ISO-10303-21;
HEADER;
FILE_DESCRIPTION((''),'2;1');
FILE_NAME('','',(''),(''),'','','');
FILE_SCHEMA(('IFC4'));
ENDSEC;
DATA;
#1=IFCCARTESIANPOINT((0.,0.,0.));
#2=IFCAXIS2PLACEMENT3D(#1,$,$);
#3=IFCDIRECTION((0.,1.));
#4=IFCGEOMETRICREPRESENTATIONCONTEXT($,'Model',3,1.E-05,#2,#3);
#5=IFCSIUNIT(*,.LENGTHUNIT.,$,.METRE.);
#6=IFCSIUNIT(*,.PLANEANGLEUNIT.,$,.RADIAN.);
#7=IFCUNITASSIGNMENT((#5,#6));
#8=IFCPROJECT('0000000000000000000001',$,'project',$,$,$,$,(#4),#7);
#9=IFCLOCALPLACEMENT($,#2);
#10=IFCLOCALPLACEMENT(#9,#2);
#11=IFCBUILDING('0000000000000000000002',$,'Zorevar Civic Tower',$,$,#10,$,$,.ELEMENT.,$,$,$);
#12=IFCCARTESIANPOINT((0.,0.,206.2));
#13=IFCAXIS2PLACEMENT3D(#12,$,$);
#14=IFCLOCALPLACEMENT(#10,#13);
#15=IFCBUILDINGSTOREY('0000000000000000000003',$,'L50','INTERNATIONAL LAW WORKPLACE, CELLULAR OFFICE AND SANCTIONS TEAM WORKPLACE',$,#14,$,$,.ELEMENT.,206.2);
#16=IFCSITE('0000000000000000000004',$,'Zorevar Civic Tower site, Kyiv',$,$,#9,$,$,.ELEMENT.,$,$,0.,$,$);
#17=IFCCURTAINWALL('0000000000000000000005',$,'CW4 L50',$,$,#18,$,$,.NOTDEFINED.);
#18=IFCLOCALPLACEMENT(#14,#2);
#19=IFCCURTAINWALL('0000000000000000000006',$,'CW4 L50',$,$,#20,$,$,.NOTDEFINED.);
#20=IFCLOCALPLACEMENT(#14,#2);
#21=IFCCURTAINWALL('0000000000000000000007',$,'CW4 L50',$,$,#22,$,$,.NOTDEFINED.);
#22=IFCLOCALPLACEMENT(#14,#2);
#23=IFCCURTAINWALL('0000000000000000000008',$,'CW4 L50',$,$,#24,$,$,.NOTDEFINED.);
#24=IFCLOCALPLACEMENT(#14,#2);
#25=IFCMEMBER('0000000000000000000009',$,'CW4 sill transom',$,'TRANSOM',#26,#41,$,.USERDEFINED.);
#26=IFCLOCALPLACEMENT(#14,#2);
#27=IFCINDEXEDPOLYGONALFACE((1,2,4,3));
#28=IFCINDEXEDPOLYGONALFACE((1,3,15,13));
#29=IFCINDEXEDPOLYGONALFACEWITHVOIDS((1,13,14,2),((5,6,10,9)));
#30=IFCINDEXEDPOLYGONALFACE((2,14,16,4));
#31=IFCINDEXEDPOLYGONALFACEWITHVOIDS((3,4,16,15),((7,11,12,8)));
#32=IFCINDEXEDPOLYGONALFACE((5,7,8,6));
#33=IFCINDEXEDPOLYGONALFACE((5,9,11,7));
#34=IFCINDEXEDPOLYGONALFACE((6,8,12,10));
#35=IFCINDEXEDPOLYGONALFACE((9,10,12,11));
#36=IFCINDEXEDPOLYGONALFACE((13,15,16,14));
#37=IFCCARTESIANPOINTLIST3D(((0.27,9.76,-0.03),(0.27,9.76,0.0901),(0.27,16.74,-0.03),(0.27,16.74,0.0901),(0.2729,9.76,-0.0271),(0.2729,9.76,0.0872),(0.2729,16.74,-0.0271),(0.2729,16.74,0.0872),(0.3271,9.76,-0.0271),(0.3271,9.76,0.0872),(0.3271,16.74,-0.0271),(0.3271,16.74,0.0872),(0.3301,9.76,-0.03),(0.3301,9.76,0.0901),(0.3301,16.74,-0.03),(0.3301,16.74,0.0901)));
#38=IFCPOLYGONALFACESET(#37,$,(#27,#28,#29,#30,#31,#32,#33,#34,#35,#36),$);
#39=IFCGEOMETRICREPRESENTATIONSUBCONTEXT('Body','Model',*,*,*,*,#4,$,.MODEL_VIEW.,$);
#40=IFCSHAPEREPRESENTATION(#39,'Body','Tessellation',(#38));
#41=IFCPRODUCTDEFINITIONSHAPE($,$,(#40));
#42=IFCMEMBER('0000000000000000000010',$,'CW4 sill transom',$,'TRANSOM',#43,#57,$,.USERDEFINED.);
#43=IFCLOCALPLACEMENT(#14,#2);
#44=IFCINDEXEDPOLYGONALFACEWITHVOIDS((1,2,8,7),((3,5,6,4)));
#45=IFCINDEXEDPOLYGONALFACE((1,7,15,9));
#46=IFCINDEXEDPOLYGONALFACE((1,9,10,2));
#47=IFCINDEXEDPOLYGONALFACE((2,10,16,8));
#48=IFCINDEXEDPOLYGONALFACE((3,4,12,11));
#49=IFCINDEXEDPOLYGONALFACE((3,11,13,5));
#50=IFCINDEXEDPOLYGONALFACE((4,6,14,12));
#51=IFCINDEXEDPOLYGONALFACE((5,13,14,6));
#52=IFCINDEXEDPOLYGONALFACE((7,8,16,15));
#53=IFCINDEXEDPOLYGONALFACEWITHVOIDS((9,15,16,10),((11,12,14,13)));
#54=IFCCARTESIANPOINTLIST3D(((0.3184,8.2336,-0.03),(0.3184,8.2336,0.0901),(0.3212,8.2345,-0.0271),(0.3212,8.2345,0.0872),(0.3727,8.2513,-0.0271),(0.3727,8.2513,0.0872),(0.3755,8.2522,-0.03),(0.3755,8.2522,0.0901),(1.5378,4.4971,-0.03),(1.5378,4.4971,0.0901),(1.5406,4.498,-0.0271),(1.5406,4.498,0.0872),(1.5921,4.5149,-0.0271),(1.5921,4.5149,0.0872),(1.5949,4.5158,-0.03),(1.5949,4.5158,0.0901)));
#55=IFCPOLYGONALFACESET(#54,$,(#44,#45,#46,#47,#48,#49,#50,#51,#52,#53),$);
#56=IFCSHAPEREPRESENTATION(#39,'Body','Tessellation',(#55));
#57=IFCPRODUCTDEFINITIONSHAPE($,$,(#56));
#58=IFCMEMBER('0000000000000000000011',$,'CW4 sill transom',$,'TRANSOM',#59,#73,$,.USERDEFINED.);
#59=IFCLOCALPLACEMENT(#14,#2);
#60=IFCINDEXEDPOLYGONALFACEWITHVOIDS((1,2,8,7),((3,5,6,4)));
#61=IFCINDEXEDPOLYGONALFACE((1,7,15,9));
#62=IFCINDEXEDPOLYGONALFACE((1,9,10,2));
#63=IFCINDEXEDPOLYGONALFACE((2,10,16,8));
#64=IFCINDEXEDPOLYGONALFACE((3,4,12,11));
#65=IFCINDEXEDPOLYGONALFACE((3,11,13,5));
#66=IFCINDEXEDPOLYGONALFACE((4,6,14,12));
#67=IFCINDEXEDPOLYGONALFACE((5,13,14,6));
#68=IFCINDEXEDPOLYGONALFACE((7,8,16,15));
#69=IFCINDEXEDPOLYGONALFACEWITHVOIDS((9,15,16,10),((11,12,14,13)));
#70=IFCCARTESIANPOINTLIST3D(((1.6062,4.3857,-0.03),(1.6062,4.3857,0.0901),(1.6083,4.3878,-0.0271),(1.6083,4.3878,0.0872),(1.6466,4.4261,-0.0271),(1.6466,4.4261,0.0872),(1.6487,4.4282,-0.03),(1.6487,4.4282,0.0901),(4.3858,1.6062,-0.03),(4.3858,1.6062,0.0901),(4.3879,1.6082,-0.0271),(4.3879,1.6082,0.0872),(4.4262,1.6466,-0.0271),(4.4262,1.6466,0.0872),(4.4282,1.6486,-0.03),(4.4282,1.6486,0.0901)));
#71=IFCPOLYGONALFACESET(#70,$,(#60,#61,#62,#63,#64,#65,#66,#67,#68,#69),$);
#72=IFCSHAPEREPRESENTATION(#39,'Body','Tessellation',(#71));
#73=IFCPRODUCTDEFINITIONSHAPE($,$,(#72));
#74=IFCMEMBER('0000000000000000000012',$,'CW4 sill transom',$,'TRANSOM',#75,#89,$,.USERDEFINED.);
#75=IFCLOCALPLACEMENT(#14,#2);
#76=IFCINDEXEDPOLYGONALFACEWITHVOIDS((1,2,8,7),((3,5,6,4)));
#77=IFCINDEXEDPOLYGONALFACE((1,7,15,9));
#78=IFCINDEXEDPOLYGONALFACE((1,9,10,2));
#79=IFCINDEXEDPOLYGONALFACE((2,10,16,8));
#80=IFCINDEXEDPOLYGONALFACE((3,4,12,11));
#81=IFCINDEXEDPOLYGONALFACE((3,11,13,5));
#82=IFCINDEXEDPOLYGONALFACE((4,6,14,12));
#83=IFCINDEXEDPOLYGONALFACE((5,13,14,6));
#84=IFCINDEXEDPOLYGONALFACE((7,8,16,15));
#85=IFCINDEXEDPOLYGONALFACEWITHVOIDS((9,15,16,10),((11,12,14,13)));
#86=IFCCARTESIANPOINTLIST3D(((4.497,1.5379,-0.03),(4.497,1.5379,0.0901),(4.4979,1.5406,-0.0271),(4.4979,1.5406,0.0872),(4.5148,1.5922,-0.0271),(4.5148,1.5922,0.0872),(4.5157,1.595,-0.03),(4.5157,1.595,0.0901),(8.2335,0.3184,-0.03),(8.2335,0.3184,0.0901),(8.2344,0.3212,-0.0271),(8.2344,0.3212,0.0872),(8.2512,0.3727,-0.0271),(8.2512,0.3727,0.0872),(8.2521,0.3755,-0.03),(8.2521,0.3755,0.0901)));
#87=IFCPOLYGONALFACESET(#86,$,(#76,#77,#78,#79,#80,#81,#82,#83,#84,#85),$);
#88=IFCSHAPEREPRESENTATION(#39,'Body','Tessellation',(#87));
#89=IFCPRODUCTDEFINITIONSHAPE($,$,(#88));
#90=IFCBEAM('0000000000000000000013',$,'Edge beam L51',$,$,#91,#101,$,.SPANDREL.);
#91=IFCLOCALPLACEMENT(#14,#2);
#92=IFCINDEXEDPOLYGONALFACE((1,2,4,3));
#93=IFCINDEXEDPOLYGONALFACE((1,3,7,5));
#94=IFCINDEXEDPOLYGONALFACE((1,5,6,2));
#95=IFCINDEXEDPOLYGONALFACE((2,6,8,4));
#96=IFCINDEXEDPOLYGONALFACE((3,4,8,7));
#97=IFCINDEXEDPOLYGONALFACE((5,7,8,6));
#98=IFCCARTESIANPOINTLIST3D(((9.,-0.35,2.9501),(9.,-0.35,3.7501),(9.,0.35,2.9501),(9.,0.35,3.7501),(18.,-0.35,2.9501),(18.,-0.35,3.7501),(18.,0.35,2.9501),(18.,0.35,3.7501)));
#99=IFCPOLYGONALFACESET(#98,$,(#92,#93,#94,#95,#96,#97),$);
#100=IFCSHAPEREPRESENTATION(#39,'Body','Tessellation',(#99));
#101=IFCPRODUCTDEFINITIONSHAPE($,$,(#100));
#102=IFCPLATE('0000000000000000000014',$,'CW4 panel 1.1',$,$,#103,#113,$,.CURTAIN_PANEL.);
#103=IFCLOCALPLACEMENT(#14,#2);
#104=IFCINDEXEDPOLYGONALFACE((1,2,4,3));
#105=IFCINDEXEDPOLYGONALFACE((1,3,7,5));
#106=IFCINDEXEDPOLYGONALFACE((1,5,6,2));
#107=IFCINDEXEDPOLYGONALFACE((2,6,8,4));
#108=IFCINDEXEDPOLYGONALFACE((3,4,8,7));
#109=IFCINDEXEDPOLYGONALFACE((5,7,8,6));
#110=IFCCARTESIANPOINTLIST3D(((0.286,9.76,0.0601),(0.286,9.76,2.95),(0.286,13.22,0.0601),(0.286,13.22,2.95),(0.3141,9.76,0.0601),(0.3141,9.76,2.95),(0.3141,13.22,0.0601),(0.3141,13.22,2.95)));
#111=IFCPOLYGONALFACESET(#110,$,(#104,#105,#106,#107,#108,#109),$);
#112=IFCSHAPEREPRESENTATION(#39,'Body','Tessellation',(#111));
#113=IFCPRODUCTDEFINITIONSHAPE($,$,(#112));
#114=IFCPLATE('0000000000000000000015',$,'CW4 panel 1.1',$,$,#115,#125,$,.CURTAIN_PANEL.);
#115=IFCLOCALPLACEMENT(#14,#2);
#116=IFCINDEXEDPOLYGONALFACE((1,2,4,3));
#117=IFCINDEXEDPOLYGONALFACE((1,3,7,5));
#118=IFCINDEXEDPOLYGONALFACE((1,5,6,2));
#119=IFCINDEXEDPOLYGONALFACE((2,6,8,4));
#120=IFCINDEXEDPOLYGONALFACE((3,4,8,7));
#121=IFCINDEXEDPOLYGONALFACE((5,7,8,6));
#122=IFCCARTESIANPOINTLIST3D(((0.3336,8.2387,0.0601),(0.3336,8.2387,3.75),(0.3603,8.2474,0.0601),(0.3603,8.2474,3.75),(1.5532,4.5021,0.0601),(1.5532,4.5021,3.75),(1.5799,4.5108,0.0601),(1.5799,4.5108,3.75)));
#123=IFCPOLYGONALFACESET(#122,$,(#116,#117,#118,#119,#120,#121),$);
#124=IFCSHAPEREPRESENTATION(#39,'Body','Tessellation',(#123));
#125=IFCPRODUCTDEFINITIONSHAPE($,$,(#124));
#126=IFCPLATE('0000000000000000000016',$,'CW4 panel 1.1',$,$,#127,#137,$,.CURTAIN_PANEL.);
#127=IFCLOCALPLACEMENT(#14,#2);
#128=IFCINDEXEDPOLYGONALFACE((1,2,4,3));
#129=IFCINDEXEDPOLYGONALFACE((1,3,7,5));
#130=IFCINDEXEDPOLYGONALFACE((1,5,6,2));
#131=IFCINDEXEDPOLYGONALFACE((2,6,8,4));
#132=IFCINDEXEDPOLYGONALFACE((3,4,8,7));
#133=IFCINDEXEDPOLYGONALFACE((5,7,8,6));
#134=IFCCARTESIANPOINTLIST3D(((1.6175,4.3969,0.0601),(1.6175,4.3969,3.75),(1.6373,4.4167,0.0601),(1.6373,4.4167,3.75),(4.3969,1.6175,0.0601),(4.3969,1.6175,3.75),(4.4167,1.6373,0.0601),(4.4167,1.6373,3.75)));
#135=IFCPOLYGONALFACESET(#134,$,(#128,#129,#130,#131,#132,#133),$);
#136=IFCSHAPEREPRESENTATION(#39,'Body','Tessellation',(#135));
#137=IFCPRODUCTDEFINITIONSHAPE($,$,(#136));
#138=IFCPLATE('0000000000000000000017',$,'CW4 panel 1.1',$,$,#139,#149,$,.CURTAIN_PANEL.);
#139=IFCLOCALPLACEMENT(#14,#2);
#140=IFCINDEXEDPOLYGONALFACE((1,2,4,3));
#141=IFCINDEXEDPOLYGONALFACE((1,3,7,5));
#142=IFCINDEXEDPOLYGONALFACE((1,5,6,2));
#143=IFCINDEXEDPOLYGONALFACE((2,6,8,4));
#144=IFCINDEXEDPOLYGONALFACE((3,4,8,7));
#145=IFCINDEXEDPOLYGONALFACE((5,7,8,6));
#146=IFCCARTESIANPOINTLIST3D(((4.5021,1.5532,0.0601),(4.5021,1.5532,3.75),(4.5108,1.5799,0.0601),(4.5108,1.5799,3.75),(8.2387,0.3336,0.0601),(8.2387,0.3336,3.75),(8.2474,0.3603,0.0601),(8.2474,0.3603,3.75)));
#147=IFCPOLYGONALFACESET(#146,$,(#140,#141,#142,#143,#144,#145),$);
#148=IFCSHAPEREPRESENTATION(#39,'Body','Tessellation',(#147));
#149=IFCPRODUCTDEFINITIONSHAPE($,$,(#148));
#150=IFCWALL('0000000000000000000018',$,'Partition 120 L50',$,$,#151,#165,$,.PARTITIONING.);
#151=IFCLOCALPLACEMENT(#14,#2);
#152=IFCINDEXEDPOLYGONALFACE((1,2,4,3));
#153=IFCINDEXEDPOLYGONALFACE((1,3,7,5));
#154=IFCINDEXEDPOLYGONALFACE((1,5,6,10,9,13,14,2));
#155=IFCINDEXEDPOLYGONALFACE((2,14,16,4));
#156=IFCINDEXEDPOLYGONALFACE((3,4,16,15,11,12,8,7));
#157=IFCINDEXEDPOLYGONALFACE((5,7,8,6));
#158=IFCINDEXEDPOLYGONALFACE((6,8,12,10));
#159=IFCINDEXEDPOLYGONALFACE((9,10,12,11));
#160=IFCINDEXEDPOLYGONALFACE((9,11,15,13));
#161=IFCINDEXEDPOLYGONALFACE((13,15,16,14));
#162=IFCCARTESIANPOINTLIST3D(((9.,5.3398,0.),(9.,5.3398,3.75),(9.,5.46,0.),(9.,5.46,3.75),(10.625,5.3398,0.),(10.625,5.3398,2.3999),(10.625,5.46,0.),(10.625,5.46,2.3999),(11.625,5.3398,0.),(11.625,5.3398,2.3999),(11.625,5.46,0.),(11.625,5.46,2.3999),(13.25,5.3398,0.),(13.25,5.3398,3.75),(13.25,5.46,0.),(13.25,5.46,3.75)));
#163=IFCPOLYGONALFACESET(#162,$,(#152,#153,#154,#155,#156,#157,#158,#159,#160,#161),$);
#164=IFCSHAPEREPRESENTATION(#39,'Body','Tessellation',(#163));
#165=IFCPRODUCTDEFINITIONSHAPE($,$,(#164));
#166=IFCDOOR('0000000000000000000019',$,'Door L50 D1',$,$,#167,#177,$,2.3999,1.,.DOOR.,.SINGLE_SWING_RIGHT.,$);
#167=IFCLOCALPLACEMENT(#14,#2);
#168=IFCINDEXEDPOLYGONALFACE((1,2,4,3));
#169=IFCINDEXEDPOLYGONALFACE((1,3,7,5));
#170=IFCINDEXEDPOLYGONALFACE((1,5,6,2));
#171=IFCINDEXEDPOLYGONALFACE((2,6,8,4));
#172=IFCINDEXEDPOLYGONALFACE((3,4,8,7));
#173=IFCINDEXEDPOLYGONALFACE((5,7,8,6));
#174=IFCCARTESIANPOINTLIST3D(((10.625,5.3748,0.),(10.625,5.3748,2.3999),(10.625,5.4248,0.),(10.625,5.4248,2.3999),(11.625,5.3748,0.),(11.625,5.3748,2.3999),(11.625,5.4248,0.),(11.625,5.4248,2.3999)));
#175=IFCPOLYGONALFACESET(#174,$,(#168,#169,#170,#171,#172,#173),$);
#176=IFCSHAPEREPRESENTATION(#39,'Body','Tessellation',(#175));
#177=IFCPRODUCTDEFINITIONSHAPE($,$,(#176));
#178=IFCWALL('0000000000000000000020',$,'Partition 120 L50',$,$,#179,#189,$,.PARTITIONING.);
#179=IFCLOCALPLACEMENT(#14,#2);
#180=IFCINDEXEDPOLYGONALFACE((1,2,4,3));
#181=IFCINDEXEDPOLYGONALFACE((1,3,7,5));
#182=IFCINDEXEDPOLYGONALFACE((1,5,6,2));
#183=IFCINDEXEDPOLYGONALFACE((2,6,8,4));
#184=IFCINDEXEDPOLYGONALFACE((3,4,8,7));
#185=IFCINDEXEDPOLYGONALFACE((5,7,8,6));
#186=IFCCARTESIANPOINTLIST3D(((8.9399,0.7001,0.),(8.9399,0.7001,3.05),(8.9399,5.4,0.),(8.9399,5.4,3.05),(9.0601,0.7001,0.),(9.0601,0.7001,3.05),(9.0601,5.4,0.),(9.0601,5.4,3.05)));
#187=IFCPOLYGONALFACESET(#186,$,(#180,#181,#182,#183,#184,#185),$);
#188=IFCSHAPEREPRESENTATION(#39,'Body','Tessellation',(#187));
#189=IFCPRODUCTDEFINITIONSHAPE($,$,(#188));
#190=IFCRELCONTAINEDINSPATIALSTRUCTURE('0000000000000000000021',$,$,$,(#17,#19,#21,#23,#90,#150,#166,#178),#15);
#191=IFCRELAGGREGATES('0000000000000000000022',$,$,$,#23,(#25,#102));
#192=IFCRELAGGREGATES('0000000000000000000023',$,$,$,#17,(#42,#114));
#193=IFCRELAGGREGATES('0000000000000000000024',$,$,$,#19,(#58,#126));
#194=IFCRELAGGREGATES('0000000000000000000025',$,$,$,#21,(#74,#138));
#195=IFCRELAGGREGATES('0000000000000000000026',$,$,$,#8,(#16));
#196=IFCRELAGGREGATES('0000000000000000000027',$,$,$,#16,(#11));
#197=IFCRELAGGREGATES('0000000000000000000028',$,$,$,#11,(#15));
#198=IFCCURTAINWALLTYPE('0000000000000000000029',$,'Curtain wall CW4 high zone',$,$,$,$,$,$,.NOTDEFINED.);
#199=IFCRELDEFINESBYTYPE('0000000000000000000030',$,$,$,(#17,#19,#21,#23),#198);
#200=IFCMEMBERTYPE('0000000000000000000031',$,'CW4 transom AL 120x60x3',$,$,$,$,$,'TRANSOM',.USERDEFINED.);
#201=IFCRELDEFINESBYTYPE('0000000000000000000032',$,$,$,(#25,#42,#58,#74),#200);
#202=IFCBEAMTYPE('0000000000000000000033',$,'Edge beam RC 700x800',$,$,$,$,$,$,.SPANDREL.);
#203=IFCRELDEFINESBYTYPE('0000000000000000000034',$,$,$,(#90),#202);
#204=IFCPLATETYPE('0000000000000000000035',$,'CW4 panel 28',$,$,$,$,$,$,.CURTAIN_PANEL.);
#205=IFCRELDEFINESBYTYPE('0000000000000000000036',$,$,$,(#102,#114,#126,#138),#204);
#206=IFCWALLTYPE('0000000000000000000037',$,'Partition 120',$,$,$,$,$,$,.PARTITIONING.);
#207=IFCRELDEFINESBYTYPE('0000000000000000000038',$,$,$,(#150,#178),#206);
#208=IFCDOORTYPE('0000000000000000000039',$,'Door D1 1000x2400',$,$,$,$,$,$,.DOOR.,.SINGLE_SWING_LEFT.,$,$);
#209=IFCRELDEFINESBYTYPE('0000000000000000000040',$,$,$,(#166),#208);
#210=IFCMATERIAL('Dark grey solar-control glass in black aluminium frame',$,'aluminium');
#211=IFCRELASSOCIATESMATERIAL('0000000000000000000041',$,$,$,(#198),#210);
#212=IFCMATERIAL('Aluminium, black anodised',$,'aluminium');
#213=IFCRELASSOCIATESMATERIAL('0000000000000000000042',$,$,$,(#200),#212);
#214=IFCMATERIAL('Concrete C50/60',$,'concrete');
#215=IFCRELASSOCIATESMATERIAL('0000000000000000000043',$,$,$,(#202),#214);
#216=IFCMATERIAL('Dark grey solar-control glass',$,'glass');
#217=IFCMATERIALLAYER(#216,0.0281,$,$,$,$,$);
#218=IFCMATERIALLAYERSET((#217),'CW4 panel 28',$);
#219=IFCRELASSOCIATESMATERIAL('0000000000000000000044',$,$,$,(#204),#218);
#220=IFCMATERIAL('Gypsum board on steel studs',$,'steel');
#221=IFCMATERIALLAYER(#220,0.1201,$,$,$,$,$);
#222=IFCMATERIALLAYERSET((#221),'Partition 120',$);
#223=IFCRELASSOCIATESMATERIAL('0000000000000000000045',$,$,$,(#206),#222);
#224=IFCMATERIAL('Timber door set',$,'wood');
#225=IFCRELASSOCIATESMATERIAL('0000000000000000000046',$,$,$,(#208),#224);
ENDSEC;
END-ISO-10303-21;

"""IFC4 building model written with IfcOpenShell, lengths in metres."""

from ifc_helpers import new_model, si_unit, direction, frame, frame_2d, origin, origin_2d, place, context, subcontext, project, spatial, rectangle, hollow_rectangle, extrude, material, layer, layer_set, material_profile, profile_set, type_object, element, fill, aggregate, save


model = new_model("IFC4")

# Units and contexts
model_context = context("Model", 3, precision=1e-05, world=origin(), true_north=direction((0.0, 1.0)))
body_context = subcontext(model_context, "Body", "Model", "MODEL_VIEW")
ifc_project = project(units=[si_unit("LENGTHUNIT", "METRE"), si_unit("PLANEANGLEUNIT", "RADIAN")], contexts=[model_context])

# Site, building, storey
site_placement = place(None, origin())
site = spatial("IfcSite", under=ifc_project, at=site_placement, Name="Zorevar Civic Tower site, Kyiv", CompositionType="ELEMENT", RefElevation=0.0)
building_placement = place(site_placement, origin())
building = spatial("IfcBuilding", under=site, at=building_placement, Name="Zorevar Civic Tower", CompositionType="ELEMENT")
storey_placement = place(building_placement, frame((0.0, 0.0, 206.2)))
storey = spatial("IfcBuildingStorey", under=building, at=storey_placement, Name="L50", Description="INTERNATIONAL LAW WORKPLACE, CELLULAR OFFICE AND SANCTIONS TEAM WORKPLACE", CompositionType="ELEMENT", Elevation=206.2)

# Curtain walls
ifc_material_1 = material(Name="Dark grey solar-control glass in black aluminium frame", Category="aluminium")
curtain_wall_type = type_object("IfcCurtainWallType", Name="Curtain wall CW4 high zone", PredefinedType="NOTDEFINED", material=ifc_material_1)
curtain_wall_1_placement = place(storey_placement, origin())
curtain_wall_1 = element("IfcCurtainWall", 1, at=curtain_wall_1_placement, inside=storey, type_object=curtain_wall_type, Name="CW4 L50", PredefinedType="NOTDEFINED")
curtain_wall_2_placement = place(storey_placement, origin())
curtain_wall_2 = element("IfcCurtainWall", 2, at=curtain_wall_2_placement, inside=storey, type_object=curtain_wall_type, Name="CW4 L50", PredefinedType="NOTDEFINED")
curtain_wall_3_placement = place(storey_placement, origin())
curtain_wall_3 = element("IfcCurtainWall", 3, at=curtain_wall_3_placement, inside=storey, type_object=curtain_wall_type, Name="CW4 L50", PredefinedType="NOTDEFINED")

# Curtain wall, member
curtain_wall_4_placement = place(storey_placement, origin())
curtain_wall_4 = element("IfcCurtainWall", 4, at=curtain_wall_4_placement, inside=storey, type_object=curtain_wall_type, Name="CW4 L50", PredefinedType="NOTDEFINED")
ifc_material_2 = material(Name="Aluminium, black anodised", Category="aluminium")
ifc_material_profile_1 = material_profile(ifc_material_2, hollow_rectangle(XDim=0.0601, YDim=0.1201, WallThickness=0.0029, at=origin_2d()), Name="AL 120x60x3")
ifc_profile_set_1 = profile_set([ifc_material_profile_1], Name="Aluminium, black anodised")
member_type_1 = type_object("IfcMemberType", Name="CW4 transom AL 120x60x3", ElementType="TRANSOM", PredefinedType="USERDEFINED", material=ifc_profile_set_1)
member_1_placement = place(storey_placement, frame((0.3, 9.76, 0.03), z_axis=(0.0, 1.0, 0.0), x_axis=(-1.0, 0.0, 0.0)))
member_1 = element("IfcMember", 5, at=member_1_placement, type_object=member_type_1, Name="CW4 sill transom", ObjectType="TRANSOM", PredefinedType="USERDEFINED", context=body_context, shape_type="SweptSolid", body=[
    extrude(hollow_rectangle(XDim=0.0601, YDim=0.1201, WallThickness=0.0029, at=origin_2d()), origin(), (0.0, 0.0, 1.0), 6.98),
])

# Members
member_2_placement = place(storey_placement, frame((0.3469, 8.2429, 0.03), z_axis=(0.310259, -0.950652, 0.0), x_axis=(0.950652, 0.310259, 0.0)))
member_2 = element("IfcMember", 6, at=member_2_placement, type_object=member_type_1, Name="CW4 sill transom", ObjectType="TRANSOM", PredefinedType="USERDEFINED", context=body_context, shape_type="SweptSolid", body=[
    extrude(hollow_rectangle(XDim=0.0601, YDim=0.1201, WallThickness=0.0029, at=origin_2d()), origin(), (0.0, 0.0, 1.0), 3.9304),
])
member_3_placement = place(storey_placement, frame((1.6274, 4.407, 0.03), z_axis=(0.707107, -0.707107, 0.0), x_axis=(0.707107, 0.707107, 0.0)))
member_3 = element("IfcMember", 7, at=member_3_placement, type_object=member_type_1, Name="CW4 sill transom", ObjectType="TRANSOM", PredefinedType="USERDEFINED", context=body_context, shape_type="SweptSolid", body=[
    extrude(hollow_rectangle(XDim=0.0601, YDim=0.1201, WallThickness=0.0029, at=origin_2d()), origin(), (0.0, 0.0, 1.0), 3.9309),
])
member_4_placement = place(storey_placement, frame((4.5063, 1.5664, 0.03), z_axis=(0.950652, -0.310259, 0.0), x_axis=(0.310259, 0.950652, 0.0)))
member_4 = element("IfcMember", 8, at=member_4_placement, type_object=member_type_1, Name="CW4 sill transom", ObjectType="TRANSOM", PredefinedType="USERDEFINED", context=body_context, shape_type="SweptSolid", body=[
    extrude(hollow_rectangle(XDim=0.0601, YDim=0.1201, WallThickness=0.0029, at=origin_2d()), origin(), (0.0, 0.0, 1.0), 3.9304),
])

# Beam
ifc_material_3 = material(Name="Concrete C50/60", Category="concrete")
ifc_material_profile_2 = material_profile(ifc_material_3, rectangle(XDim=0.7, YDim=0.8, at=origin_2d()), Name="RC 700x800")
ifc_profile_set_2 = profile_set([ifc_material_profile_2], Name="Concrete C50/60")
beam_type_1 = type_object("IfcBeamType", Name="Edge beam RC 700x800", PredefinedType="SPANDREL", material=ifc_profile_set_2)
beam_1_placement = place(storey_placement, frame((9.0, 0.0, 3.3501), z_axis=(1.0, 0.0, 0.0), x_axis=(0.0, 1.0, 0.0)))
element("IfcBeam", 9, at=beam_1_placement, inside=storey, type_object=beam_type_1, Name="Edge beam L51", PredefinedType="SPANDREL", context=body_context, shape_type="SweptSolid", body=[
    extrude(rectangle(XDim=0.7, YDim=0.8, at=origin_2d()), origin(), (0.0, 0.0, 1.0), 9.0),
])

# Plates
ifc_material_4 = material(Name="Dark grey solar-control glass", Category="glass")
ifc_layer_1 = layer(ifc_material_4, 0.0281)
ifc_layer_set_1 = layer_set([ifc_layer_1], Name="CW4 panel 28")
plate_type = type_object("IfcPlateType", Name="CW4 panel 28", PredefinedType="CURTAIN_PANEL", material=ifc_layer_set_1)
plate_1_placement = place(storey_placement, frame((0.3, 11.49, 0.0601), z_axis=(0.0, 0.0, 1.0), x_axis=(0.0, 1.0, 0.0)))
plate_1 = element("IfcPlate", 10, at=plate_1_placement, type_object=plate_type, Name="CW4 panel 1.1", PredefinedType="CURTAIN_PANEL", context=body_context, shape_type="SweptSolid", body=[
    extrude(rectangle(XDim=3.46, YDim=0.0281, at=origin_2d()), origin(), (0.0, 0.0, 1.0), 2.8899),
])
aggregate(curtain_wall_4, [member_1, plate_1])
plate_2_placement = place(storey_placement, frame((0.9568, 6.3748, 0.0601), z_axis=(0.0, 0.0, 1.0), x_axis=(0.310281, -0.950645, 0.0)))
plate_2 = element("IfcPlate", 11, at=plate_2_placement, type_object=plate_type, Name="CW4 panel 1.1", PredefinedType="CURTAIN_PANEL", context=body_context, shape_type="SweptSolid", body=[
    extrude(rectangle(XDim=3.9307, YDim=0.0281, at=origin_2d()), origin(), (0.0, 0.0, 1.0), 3.6899),
])
aggregate(curtain_wall_1, [member_2, plate_2])
plate_3_placement = place(storey_placement, frame((3.0171, 3.0171, 0.0601), z_axis=(0.0, 0.0, 1.0), x_axis=(0.707107, -0.707107, 0.0)))
plate_3 = element("IfcPlate", 12, at=plate_3_placement, type_object=plate_type, Name="CW4 panel 1.1", PredefinedType="CURTAIN_PANEL", context=body_context, shape_type="SweptSolid", body=[
    extrude(rectangle(XDim=3.9307, YDim=0.0281, at=origin_2d()), origin(), (0.0, 0.0, 1.0), 3.6899),
])
aggregate(curtain_wall_2, [member_3, plate_3])
plate_4_placement = place(storey_placement, frame((6.3748, 0.9568, 0.0601), z_axis=(0.0, 0.0, 1.0), x_axis=(0.950645, -0.310281, 0.0)))
plate_4 = element("IfcPlate", 13, at=plate_4_placement, type_object=plate_type, Name="CW4 panel 1.1", PredefinedType="CURTAIN_PANEL", context=body_context, shape_type="SweptSolid", body=[
    extrude(rectangle(XDim=3.9307, YDim=0.0281, at=origin_2d()), origin(), (0.0, 0.0, 1.0), 3.6899),
])
aggregate(curtain_wall_3, [member_4, plate_4])

# Wall, opening, door
ifc_material_5 = material(Name="Gypsum board on steel studs", Category="steel")
ifc_layer_2 = layer(ifc_material_5, 0.1201)
ifc_layer_set_2 = layer_set([ifc_layer_2], Name="Partition 120")
wall_type = type_object("IfcWallType", Name="Partition 120", PredefinedType="PARTITIONING", material=ifc_layer_set_2)
wall_1_placement = place(storey_placement, frame((9.0, 5.3999, 0.0), z_axis=(0.0, 0.0, 1.0), x_axis=(1.0, 0.0, 0.0)))
wall_1 = element("IfcWall", 14, at=wall_1_placement, inside=storey, type_object=wall_type, Name="Partition 120 L50", PredefinedType="PARTITIONING", context=body_context, shape_type="SweptSolid", body=[
    extrude(rectangle(XDim=4.25, YDim=0.1201, at=frame_2d((2.125, 0.0))), origin(), (0.0, 0.0, 1.0), 3.75),
])
opening_placement = place(wall_1_placement, frame((1.625, 0.0, 0.0)))
opening = element("IfcOpeningElement", 15, at=opening_placement, cuts=wall_1, PredefinedType="OPENING", context=body_context, shape_type="SweptSolid", body=[
    extrude(rectangle(XDim=1.0, YDim=2.3999, at=frame_2d((0.5, 1.2))), frame((0.0, 0.0701, 0.0), z_axis=(0.0, -1.0, 0.0), x_axis=(1.0, 0.0, 0.0)), (0.0, 0.0, 1.0), 0.1401),
])
ifc_material_6 = material(Name="Timber door set", Category="wood")
door_type = type_object("IfcDoorType", Name="Door D1 1000x2400", OperationType="SINGLE_SWING_LEFT", PredefinedType="DOOR", material=ifc_material_6)
door_placement = place(opening_placement, origin())
door = element("IfcDoor", 16, at=door_placement, inside=storey, type_object=door_type, Name="Door L50 D1", OperationType="SINGLE_SWING_RIGHT", OverallHeight=2.3999, OverallWidth=1.0, PredefinedType="DOOR", context=body_context, shape_type="SweptSolid", body=[
    extrude(rectangle(XDim=1.0, YDim=2.3999, at=frame_2d((0.5, 1.2))), frame((0.0, 0.0249, 0.0), z_axis=(0.0, -1.0, 0.0), x_axis=(1.0, 0.0, 0.0)), (0.0, 0.0, 1.0), 0.05),
])
fill(opening, door)

# Wall
wall_2_placement = place(storey_placement, frame((9.0, 0.7, 0.0), z_axis=(0.0, 0.0, 1.0), x_axis=(0.0, 1.0, 0.0)))
element("IfcWall", 17, at=wall_2_placement, inside=storey, type_object=wall_type, Name="Partition 120 L50", PredefinedType="PARTITIONING", context=body_context, shape_type="SweptSolid", body=[
    extrude(rectangle(XDim=4.7, YDim=0.1201, at=frame_2d((2.3501, 0.0))), origin(), (0.0, 0.0, 1.0), 3.05),
])

save(model, "model.ifc")
